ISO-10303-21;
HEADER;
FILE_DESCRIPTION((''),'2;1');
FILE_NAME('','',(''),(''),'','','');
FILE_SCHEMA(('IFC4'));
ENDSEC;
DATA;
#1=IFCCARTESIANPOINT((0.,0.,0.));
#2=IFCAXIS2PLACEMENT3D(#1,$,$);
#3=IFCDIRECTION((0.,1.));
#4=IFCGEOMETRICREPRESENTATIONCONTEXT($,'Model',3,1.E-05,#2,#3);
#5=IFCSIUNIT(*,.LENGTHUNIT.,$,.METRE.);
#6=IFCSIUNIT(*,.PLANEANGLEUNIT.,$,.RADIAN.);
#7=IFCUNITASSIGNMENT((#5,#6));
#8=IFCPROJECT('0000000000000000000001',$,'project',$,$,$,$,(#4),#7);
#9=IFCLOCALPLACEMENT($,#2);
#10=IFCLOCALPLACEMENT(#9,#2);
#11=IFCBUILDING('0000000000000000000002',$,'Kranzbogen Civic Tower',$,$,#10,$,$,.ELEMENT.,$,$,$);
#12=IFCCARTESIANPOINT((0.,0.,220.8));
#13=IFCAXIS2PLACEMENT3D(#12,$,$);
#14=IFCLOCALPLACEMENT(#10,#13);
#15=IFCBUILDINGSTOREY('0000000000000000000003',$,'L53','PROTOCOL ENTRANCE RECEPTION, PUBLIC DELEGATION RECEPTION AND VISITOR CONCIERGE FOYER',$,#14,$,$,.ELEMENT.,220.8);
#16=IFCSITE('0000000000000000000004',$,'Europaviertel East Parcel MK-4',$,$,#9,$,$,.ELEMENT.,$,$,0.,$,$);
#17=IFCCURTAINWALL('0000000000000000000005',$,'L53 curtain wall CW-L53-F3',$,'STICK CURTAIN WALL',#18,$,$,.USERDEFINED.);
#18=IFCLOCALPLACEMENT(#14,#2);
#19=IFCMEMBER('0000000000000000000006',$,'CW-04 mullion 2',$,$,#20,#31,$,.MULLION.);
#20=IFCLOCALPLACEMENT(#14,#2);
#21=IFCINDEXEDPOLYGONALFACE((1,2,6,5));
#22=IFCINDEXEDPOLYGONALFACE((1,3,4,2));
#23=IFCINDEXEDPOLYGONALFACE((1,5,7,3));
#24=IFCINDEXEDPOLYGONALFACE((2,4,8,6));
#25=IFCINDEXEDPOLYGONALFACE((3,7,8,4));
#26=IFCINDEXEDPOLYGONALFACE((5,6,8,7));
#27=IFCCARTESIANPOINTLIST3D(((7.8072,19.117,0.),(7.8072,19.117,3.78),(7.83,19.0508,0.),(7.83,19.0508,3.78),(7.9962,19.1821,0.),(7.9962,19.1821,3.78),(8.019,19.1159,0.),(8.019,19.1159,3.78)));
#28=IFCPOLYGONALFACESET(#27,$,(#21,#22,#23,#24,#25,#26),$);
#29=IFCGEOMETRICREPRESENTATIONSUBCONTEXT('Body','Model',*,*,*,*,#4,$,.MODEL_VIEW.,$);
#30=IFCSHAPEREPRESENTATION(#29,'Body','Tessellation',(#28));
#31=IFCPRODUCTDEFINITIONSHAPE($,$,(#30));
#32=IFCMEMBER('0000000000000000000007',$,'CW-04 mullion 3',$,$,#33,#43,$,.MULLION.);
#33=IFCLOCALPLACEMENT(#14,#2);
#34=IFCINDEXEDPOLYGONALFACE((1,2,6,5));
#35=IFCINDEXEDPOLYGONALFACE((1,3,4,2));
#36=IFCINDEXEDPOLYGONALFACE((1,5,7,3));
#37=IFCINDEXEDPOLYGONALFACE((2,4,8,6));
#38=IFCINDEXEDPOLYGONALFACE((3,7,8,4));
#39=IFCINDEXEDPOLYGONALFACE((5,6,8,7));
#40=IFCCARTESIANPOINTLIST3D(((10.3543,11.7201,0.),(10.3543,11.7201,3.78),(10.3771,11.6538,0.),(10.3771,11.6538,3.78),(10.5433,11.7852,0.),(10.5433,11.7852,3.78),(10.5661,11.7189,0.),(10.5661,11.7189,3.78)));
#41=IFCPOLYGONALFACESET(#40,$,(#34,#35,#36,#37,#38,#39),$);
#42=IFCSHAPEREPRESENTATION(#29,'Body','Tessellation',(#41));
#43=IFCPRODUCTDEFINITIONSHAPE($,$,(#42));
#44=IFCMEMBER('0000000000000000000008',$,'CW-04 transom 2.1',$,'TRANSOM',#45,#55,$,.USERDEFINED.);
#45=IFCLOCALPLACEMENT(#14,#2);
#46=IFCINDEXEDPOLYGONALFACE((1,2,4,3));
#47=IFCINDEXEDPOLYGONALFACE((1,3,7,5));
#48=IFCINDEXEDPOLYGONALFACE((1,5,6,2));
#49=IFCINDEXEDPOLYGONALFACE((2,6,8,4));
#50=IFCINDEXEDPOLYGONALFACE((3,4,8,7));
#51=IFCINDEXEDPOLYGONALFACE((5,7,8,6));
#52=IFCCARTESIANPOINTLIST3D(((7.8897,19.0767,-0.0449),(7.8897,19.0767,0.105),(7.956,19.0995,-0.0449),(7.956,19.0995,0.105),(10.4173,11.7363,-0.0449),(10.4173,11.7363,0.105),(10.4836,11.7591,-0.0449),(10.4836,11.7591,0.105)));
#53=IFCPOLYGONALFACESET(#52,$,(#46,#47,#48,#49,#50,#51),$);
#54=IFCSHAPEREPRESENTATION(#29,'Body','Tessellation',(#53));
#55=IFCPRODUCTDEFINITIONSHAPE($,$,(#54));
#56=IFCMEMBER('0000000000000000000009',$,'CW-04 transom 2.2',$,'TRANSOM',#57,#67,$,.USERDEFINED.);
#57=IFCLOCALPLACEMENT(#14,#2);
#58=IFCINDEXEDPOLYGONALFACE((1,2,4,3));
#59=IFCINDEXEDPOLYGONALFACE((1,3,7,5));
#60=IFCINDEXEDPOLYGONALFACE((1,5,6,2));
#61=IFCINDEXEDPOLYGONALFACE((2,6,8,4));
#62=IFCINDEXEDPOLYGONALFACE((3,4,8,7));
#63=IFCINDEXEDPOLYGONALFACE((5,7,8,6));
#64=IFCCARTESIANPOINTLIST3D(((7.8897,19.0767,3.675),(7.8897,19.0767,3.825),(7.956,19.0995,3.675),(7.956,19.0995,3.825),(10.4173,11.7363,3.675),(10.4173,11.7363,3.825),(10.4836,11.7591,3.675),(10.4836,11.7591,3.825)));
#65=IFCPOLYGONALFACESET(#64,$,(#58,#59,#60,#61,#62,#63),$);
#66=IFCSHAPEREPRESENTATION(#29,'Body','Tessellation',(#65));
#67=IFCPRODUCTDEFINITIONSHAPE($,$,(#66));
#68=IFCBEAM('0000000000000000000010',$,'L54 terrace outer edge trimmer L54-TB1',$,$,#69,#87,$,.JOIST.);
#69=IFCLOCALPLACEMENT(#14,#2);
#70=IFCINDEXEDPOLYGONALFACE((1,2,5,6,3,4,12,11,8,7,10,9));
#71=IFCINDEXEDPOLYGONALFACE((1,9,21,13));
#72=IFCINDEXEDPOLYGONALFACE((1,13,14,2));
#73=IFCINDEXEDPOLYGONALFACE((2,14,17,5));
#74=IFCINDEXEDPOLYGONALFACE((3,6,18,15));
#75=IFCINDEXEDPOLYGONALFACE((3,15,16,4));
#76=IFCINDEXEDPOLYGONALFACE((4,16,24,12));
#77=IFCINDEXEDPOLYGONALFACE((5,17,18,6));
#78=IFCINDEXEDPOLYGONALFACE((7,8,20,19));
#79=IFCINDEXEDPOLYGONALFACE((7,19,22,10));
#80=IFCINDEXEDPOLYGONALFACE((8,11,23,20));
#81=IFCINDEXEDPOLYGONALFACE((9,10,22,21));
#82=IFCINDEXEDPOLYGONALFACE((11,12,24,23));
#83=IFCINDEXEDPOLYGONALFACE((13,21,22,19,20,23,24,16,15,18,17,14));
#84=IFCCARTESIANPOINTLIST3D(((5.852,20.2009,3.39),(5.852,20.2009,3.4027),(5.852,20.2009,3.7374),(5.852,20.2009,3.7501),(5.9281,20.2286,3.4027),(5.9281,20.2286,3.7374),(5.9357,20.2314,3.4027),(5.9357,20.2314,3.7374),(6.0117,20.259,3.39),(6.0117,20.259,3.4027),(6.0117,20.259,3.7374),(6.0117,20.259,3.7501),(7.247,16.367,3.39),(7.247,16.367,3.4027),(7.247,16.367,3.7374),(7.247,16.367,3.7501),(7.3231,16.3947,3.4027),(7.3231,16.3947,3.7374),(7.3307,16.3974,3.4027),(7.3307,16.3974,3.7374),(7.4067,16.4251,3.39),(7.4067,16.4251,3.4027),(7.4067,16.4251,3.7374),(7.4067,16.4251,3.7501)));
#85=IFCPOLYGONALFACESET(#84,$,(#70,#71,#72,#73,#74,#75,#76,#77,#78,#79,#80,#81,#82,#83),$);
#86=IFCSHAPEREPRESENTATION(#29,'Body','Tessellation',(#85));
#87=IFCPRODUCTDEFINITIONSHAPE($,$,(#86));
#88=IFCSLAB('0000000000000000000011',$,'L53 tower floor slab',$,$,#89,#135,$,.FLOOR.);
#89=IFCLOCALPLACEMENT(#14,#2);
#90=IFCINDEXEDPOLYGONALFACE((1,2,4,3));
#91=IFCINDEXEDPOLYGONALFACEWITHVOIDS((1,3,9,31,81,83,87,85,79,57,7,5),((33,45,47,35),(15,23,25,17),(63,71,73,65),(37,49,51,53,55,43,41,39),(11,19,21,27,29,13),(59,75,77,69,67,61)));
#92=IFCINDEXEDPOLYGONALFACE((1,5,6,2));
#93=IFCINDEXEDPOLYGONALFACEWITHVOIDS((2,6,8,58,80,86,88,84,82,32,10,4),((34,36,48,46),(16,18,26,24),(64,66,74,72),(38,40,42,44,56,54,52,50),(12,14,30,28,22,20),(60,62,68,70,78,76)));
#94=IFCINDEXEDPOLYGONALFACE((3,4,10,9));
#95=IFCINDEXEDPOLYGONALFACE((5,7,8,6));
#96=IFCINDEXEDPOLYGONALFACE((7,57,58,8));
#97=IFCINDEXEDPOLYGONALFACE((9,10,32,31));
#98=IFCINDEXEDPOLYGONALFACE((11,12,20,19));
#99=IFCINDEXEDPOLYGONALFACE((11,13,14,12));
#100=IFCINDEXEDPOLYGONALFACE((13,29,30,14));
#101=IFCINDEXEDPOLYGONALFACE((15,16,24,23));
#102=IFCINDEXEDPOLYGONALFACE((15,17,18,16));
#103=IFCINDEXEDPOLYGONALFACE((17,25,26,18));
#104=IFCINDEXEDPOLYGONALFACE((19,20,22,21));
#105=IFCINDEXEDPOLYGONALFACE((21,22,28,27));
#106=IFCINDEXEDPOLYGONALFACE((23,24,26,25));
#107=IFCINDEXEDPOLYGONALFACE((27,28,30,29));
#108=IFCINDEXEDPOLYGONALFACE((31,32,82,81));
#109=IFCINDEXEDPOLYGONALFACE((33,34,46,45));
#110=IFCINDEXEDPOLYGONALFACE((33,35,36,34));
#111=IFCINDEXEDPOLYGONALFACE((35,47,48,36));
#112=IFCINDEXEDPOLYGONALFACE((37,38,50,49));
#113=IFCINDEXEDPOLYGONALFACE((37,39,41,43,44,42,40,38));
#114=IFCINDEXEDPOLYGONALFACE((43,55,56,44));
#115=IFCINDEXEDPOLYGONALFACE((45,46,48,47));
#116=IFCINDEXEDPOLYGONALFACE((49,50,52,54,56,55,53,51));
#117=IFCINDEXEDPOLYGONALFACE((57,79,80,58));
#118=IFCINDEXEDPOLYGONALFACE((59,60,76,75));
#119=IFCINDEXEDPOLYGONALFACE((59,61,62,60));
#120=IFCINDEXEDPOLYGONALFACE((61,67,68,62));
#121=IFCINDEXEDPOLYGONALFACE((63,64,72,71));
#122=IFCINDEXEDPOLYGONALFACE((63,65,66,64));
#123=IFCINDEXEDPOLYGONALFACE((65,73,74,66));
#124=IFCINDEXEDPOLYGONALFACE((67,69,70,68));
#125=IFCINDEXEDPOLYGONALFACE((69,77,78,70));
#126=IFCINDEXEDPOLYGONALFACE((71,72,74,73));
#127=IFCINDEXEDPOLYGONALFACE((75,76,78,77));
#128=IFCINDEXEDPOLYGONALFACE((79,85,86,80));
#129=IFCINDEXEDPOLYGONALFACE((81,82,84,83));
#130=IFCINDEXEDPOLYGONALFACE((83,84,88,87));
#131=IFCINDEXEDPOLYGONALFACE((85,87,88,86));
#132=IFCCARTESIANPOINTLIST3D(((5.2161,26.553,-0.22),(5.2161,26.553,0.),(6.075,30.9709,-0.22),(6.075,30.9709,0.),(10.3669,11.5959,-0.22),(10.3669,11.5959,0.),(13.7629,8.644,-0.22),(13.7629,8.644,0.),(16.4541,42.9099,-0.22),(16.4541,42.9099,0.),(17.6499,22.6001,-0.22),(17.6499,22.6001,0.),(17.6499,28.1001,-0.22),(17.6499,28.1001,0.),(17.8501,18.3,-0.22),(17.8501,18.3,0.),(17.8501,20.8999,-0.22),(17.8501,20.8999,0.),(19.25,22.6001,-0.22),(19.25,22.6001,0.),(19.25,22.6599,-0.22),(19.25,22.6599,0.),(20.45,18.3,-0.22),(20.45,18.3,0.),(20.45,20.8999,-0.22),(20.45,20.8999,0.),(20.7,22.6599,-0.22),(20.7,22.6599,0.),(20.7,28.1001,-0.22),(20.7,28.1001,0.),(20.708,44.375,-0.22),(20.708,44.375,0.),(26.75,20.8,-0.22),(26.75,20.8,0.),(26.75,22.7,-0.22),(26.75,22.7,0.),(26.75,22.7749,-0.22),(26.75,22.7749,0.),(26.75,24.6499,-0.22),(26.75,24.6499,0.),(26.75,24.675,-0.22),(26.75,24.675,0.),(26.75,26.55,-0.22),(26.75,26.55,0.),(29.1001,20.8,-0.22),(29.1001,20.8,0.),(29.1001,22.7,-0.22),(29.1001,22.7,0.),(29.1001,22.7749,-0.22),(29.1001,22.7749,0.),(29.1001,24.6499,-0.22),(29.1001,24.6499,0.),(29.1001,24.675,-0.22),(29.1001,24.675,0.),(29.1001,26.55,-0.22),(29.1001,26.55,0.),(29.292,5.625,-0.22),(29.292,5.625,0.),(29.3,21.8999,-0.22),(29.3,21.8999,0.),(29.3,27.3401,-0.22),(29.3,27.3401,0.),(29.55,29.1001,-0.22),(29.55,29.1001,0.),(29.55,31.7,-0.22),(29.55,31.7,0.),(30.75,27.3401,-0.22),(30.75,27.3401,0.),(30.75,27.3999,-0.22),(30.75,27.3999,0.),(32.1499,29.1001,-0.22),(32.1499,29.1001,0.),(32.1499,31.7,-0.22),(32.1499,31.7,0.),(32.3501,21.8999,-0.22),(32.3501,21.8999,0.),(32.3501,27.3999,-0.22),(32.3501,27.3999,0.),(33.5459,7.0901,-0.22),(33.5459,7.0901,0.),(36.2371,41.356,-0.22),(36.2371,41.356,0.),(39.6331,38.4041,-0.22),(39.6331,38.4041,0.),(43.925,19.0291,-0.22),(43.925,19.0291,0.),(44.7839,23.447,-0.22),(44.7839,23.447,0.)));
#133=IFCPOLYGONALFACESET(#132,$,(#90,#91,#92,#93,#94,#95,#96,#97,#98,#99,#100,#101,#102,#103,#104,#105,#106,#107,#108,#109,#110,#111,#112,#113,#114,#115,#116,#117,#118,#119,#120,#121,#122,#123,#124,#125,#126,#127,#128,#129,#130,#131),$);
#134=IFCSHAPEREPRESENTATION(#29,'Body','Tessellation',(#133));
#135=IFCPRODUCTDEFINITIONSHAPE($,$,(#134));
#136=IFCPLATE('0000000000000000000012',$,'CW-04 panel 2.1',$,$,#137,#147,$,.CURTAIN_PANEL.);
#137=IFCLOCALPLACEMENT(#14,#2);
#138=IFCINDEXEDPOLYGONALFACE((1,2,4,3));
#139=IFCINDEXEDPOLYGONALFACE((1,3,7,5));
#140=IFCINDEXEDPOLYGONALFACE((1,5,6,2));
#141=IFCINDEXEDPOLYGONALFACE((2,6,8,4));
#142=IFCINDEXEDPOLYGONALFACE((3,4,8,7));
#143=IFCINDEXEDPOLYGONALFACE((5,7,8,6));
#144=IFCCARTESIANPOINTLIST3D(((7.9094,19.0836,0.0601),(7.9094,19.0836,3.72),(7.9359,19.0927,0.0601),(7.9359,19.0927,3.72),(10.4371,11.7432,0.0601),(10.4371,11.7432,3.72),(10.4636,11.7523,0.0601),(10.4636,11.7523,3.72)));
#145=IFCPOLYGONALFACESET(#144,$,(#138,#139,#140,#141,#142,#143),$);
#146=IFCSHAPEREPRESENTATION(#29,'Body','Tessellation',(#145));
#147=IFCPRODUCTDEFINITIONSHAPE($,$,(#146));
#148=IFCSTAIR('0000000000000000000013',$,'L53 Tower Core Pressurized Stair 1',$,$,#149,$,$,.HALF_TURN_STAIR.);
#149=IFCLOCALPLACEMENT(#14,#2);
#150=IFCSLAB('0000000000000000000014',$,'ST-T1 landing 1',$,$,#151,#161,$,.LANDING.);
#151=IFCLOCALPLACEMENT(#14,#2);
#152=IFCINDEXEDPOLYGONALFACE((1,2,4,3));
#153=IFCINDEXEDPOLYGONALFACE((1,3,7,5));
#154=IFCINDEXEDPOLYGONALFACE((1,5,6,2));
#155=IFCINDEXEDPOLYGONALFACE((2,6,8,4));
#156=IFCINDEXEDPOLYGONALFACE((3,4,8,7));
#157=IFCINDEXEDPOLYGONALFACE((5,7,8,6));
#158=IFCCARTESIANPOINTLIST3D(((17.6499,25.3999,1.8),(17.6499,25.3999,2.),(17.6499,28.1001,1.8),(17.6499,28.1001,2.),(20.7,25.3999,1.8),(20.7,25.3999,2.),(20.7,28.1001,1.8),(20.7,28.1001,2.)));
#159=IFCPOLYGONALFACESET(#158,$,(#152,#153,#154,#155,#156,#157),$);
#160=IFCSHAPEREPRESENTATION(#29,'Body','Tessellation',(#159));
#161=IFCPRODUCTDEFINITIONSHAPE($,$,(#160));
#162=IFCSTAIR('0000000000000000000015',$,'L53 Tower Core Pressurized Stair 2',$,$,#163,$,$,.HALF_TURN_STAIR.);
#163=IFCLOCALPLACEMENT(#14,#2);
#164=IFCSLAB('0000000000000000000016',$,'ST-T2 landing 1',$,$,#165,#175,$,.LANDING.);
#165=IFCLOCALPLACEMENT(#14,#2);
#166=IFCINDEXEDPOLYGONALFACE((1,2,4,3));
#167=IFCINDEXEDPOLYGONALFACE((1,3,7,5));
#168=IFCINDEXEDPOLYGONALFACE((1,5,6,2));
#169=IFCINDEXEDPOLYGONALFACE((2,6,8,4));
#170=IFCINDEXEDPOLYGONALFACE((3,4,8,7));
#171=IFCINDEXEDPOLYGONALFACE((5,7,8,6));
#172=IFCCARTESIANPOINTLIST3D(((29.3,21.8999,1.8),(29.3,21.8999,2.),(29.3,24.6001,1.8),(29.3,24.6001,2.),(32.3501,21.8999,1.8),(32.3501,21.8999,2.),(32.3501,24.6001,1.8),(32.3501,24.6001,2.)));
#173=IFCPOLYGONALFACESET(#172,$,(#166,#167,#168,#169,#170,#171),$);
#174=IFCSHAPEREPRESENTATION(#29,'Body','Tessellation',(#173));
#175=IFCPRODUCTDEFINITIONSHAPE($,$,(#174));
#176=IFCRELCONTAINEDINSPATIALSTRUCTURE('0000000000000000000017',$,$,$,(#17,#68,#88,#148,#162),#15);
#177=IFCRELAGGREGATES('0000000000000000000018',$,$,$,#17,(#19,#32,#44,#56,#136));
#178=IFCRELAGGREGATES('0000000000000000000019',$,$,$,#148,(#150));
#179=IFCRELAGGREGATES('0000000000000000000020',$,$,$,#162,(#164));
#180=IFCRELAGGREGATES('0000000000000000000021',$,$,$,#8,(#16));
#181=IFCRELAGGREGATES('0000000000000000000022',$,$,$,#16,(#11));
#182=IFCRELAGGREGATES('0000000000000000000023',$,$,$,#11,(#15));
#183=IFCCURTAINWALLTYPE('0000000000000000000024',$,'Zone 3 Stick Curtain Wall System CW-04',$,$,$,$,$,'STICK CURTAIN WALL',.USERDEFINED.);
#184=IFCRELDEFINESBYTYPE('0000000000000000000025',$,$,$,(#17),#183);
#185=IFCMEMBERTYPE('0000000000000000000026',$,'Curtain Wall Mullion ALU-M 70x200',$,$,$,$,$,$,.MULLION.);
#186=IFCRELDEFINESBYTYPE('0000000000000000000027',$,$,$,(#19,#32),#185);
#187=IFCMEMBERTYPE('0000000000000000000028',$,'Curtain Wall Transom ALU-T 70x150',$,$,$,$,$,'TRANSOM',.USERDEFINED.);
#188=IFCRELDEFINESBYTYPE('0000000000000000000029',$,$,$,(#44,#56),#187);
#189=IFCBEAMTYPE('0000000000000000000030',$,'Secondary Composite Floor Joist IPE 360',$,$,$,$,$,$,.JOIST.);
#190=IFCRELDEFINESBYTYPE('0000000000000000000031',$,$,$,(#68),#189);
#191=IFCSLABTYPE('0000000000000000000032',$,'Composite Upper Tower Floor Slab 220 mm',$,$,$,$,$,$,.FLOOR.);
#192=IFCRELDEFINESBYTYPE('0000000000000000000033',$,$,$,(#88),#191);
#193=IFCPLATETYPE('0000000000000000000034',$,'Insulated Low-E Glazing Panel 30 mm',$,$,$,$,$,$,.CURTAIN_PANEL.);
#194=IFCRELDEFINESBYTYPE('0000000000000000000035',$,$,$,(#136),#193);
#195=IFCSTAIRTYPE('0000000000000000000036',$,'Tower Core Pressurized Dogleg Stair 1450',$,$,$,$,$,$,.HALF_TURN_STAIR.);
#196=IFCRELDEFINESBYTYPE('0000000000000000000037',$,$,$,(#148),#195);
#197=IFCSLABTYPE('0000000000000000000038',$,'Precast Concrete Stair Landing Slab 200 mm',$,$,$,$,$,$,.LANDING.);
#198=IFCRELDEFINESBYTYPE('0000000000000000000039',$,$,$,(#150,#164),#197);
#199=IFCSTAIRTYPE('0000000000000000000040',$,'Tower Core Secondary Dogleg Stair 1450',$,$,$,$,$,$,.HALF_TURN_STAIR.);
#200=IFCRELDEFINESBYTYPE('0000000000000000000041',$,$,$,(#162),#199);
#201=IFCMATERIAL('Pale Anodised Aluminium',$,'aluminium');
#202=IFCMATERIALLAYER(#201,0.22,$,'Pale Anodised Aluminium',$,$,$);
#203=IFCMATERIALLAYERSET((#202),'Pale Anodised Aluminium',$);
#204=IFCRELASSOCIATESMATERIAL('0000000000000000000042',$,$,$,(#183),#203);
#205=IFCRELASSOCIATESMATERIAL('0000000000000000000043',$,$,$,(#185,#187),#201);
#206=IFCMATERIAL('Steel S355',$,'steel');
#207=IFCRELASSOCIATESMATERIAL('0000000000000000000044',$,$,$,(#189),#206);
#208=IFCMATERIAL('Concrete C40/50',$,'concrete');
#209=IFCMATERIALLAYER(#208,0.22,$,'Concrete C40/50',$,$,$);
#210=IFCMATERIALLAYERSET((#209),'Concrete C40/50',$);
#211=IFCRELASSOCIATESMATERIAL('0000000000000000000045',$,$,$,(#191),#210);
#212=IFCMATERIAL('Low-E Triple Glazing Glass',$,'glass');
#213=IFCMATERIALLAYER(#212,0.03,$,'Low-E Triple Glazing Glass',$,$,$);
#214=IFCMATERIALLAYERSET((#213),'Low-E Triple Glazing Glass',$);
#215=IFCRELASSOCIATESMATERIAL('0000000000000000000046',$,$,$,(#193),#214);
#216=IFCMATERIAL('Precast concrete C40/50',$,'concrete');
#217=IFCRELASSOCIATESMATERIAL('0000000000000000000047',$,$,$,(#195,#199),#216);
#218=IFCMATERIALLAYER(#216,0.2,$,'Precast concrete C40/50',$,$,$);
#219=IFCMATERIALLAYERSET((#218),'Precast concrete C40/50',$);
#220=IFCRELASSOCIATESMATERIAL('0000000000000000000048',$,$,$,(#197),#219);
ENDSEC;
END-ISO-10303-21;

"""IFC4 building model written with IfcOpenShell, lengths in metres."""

from ifc_helpers import new_model, si_unit, direction, frame, origin, origin_2d, place, context, subcontext, project, spatial, polyline, rectangle, i_section, outline, extrude, material, layer, layer_set, material_profile, profile_set, type_object, element, aggregate, save


model = new_model("IFC4")

# Units and contexts
model_context = context("Model", 3, precision=1e-05, world=origin(), true_north=direction((0.0, 1.0)))
body_context = subcontext(model_context, "Body", "Model", "MODEL_VIEW")
ifc_project = project(units=[si_unit("LENGTHUNIT", "METRE"), si_unit("PLANEANGLEUNIT", "RADIAN")], contexts=[model_context])

# Site, building, storey
site_placement = place(None, origin())
site = spatial("IfcSite", under=ifc_project, at=site_placement, Name="Europaviertel East Parcel MK-4", CompositionType="ELEMENT", RefElevation=0.0)
building_placement = place(site_placement, origin())
building = spatial("IfcBuilding", under=site, at=building_placement, Name="Kranzbogen Civic Tower", CompositionType="ELEMENT")
storey_placement = place(building_placement, frame((0.0, 0.0, 220.8)))
storey = spatial("IfcBuildingStorey", under=building, at=storey_placement, Name="L53", Description="PROTOCOL ENTRANCE RECEPTION, PUBLIC DELEGATION RECEPTION AND VISITOR CONCIERGE FOYER", CompositionType="ELEMENT", Elevation=220.8)

# Curtain wall, members
ifc_material_1 = material(Name="Pale Anodised Aluminium", Category="aluminium")
ifc_layer_1 = layer(ifc_material_1, 0.22, Name="Pale Anodised Aluminium")
ifc_layer_set_1 = layer_set([ifc_layer_1], Name="Pale Anodised Aluminium")
curtain_wall_type = type_object("IfcCurtainWallType", Name="Zone 3 Stick Curtain Wall System CW-04", ElementType="STICK CURTAIN WALL", PredefinedType="USERDEFINED", material=ifc_layer_set_1)
curtain_wall_placement = place(storey_placement, origin())
curtain_wall = element("IfcCurtainWall", 1, at=curtain_wall_placement, inside=storey, type_object=curtain_wall_type, Name="L53 curtain wall CW-L53-F3", ObjectType="STICK CURTAIN WALL", PredefinedType="USERDEFINED")
ifc_material_profile_1 = material_profile(ifc_material_1, rectangle(XDim=0.0701, YDim=0.2, at=origin_2d()), Name="ALU-M 70x200")
ifc_profile_set_1 = profile_set([ifc_material_profile_1], Name="Pale Anodised Aluminium")
member_type_1 = type_object("IfcMemberType", Name="Curtain Wall Mullion ALU-M 70x200", PredefinedType="MULLION", material=ifc_profile_set_1)
member_1_placement = place(storey_placement, frame((7.9131, 19.1165, 0.0), z_axis=(0.0, 0.0, 1.0), x_axis=(0.32559, -0.945511, 0.0)))
member_1 = element("IfcMember", 2, at=member_1_placement, type_object=member_type_1, Name="CW-04 mullion 2", PredefinedType="MULLION", context=body_context, shape_type="SweptSolid", body=[
    extrude(rectangle(XDim=0.0701, YDim=0.2, at=origin_2d()), origin(), (0.0, 0.0, 1.0), 3.78),
])
member_2_placement = place(storey_placement, frame((10.4602, 11.7195, 0.0), z_axis=(0.0, 0.0, 1.0), x_axis=(0.32559, -0.945511, 0.0)))
member_2 = element("IfcMember", 3, at=member_2_placement, type_object=member_type_1, Name="CW-04 mullion 3", PredefinedType="MULLION", context=body_context, shape_type="SweptSolid", body=[
    extrude(rectangle(XDim=0.0701, YDim=0.2, at=origin_2d()), origin(), (0.0, 0.0, 1.0), 3.78),
])
ifc_material_profile_2 = material_profile(ifc_material_1, rectangle(XDim=0.0701, YDim=0.1499, at=origin_2d()), Name="ALU-T 70x150")
ifc_profile_set_2 = profile_set([ifc_material_profile_2], Name="Pale Anodised Aluminium")
member_type_2 = type_object("IfcMemberType", Name="Curtain Wall Transom ALU-T 70x150", ElementType="TRANSOM", PredefinedType="USERDEFINED", material=ifc_profile_set_2)
member_3_placement = place(storey_placement, frame((7.9229, 19.0881, 0.03), z_axis=(0.325581, -0.945514, 0.0), x_axis=(0.945514, 0.325581, 0.0)))
member_3 = element("IfcMember", 4, at=member_3_placement, type_object=member_type_2, Name="CW-04 transom 2.1", ObjectType="TRANSOM", PredefinedType="USERDEFINED", context=body_context, shape_type="SweptSolid", body=[
    extrude(rectangle(XDim=0.0701, YDim=0.1499, at=origin_2d()), origin(), (0.0, 0.0, 1.0), 7.7634),
])
member_4_placement = place(storey_placement, frame((7.9229, 19.0881, 3.75), z_axis=(0.325581, -0.945514, 0.0), x_axis=(0.945514, 0.325581, 0.0)))
member_4 = element("IfcMember", 5, at=member_4_placement, type_object=member_type_2, Name="CW-04 transom 2.2", ObjectType="TRANSOM", PredefinedType="USERDEFINED", context=body_context, shape_type="SweptSolid", body=[
    extrude(rectangle(XDim=0.0701, YDim=0.1499, at=origin_2d()), origin(), (0.0, 0.0, 1.0), 7.7634),
])

# Beam
ifc_material_2 = material(Name="Steel S355", Category="steel")
ifc_material_profile_3 = material_profile(ifc_material_2, i_section(OverallWidth=0.1699, OverallDepth=0.3601, WebThickness=0.0081, FlangeThickness=0.0127, at=origin_2d()), Name="IPE 360")
ifc_profile_set_3 = profile_set([ifc_material_profile_3], Name="Steel S355")
beam_type = type_object("IfcBeamType", Name="Secondary Composite Floor Joist IPE 360", PredefinedType="JOIST", material=ifc_profile_set_3)
beam_placement = place(storey_placement, frame((5.9319, 20.23, 3.5701), z_axis=(0.341926, -0.939727, 0.0), x_axis=(0.939727, 0.341926, 0.0)))
element("IfcBeam", 6, at=beam_placement, inside=storey, type_object=beam_type, Name="L54 terrace outer edge trimmer L54-TB1", PredefinedType="JOIST", context=body_context, shape_type="SweptSolid", body=[
    extrude(i_section(OverallWidth=0.1699, OverallDepth=0.3601, WebThickness=0.0081, FlangeThickness=0.0127, at=origin_2d()), origin(), (0.0, 0.0, 1.0), 4.0798),
])

# Slab
ifc_material_3 = material(Name="Concrete C40/50", Category="concrete")
ifc_layer_2 = layer(ifc_material_3, 0.22, Name="Concrete C40/50")
ifc_layer_set_2 = layer_set([ifc_layer_2], Name="Concrete C40/50")
slab_type_1 = type_object("IfcSlabType", Name="Composite Upper Tower Floor Slab 220 mm", PredefinedType="FLOOR", material=ifc_layer_set_2)
slab_1_placement = place(storey_placement, frame((0.0, 0.0, -0.22)))
element("IfcSlab", 7, at=slab_1_placement, inside=storey, type_object=slab_type_1, Name="L53 tower floor slab", PredefinedType="FLOOR", context=body_context, shape_type="SweptSolid", body=[
    extrude(outline(polyline([(36.2371, 41.356), (20.708, 44.375), (16.4541, 42.9099), (6.075, 30.9709), (5.2161, 26.553), (10.3669, 11.5959), (13.7629, 8.644), (29.292, 5.625), (33.5459, 7.0901), (43.925, 19.0291), (44.7839, 23.447), (39.6331, 38.4041), (36.2371, 41.356)]), holes=[polyline([(17.8501, 20.8999), (20.45, 20.8999), (20.45, 18.3), (17.8501, 18.3), (17.8501, 20.8999)]), polyline([(29.1001, 22.7), (29.1001, 20.8), (26.75, 20.8), (26.75, 22.7), (29.1001, 22.7)]), polyline([(29.1001, 24.6499), (29.1001, 22.7749), (26.75, 22.7749), (26.75, 24.6499), (26.75, 24.675), (26.75, 26.55), (29.1001, 26.55), (29.1001, 24.675), (29.1001, 24.6499)]), polyline([(29.3, 27.3401), (30.75, 27.3401), (30.75, 27.3999), (32.3501, 27.3999), (32.3501, 21.8999), (29.3, 21.8999), (29.3, 27.3401)]), polyline([(20.7, 22.6599), (19.25, 22.6599), (19.25, 22.6001), (17.6499, 22.6001), (17.6499, 28.1001), (20.7, 28.1001), (20.7, 22.6599)]), polyline([(32.1499, 31.7), (32.1499, 29.1001), (29.55, 29.1001), (29.55, 31.7), (32.1499, 31.7)])]), origin(), (0.0, 0.0, 1.0), 0.22),
])

# Plate
ifc_material_4 = material(Name="Low-E Triple Glazing Glass", Category="glass")
ifc_layer_3 = layer(ifc_material_4, 0.03, Name="Low-E Triple Glazing Glass")
ifc_layer_set_3 = layer_set([ifc_layer_3], Name="Low-E Triple Glazing Glass")
plate_type = type_object("IfcPlateType", Name="Insulated Low-E Glazing Panel 30 mm", PredefinedType="CURTAIN_PANEL", material=ifc_layer_set_3)
plate_placement = place(storey_placement, frame((9.1865, 15.418, 0.0601), z_axis=(0.0, 0.0, 1.0), x_axis=(0.32559, -0.945511, 0.0)))
plate = element("IfcPlate", 8, at=plate_placement, type_object=plate_type, Name="CW-04 panel 2.1", PredefinedType="CURTAIN_PANEL", context=body_context, shape_type="SweptSolid", body=[
    extrude(rectangle(XDim=7.7634, YDim=0.0281, at=origin_2d()), origin(), (0.0, 0.0, 1.0), 3.6599),
])
aggregate(curtain_wall, [member_1, member_2, member_3, member_4, plate])

# Stairs, slabs
ifc_material_5 = material(Name="Precast concrete C40/50", Category="concrete")
stair_type_1 = type_object("IfcStairType", Name="Tower Core Pressurized Dogleg Stair 1450", PredefinedType="HALF_TURN_STAIR", material=ifc_material_5)
stair_1_placement = place(storey_placement, origin())
stair_1 = element("IfcStair", 9, at=stair_1_placement, inside=storey, type_object=stair_type_1, Name="L53 Tower Core Pressurized Stair 1", PredefinedType="HALF_TURN_STAIR")
ifc_layer_4 = layer(ifc_material_5, 0.2, Name="Precast concrete C40/50")
ifc_layer_set_4 = layer_set([ifc_layer_4], Name="Precast concrete C40/50")
slab_type_2 = type_object("IfcSlabType", Name="Precast Concrete Stair Landing Slab 200 mm", PredefinedType="LANDING", material=ifc_layer_set_4)
slab_2_placement = place(storey_placement, frame((0.0, 0.0, 1.8)))
slab_2 = element("IfcSlab", 10, at=slab_2_placement, type_object=slab_type_2, Name="ST-T1 landing 1", PredefinedType="LANDING", context=body_context, shape_type="SweptSolid", body=[
    extrude(outline(polyline([(20.7, 25.3999), (20.7, 28.1001), (17.6499, 28.1001), (17.6499, 25.3999), (20.7, 25.3999)])), origin(), (0.0, 0.0, 1.0), 0.2),
])
aggregate(stair_1, [slab_2])
stair_type_2 = type_object("IfcStairType", Name="Tower Core Secondary Dogleg Stair 1450", PredefinedType="HALF_TURN_STAIR", material=ifc_material_5)
stair_2_placement = place(storey_placement, origin())
stair_2 = element("IfcStair", 11, at=stair_2_placement, inside=storey, type_object=stair_type_2, Name="L53 Tower Core Pressurized Stair 2", PredefinedType="HALF_TURN_STAIR")
slab_3_placement = place(storey_placement, frame((0.0, 0.0, 1.8)))
slab_3 = element("IfcSlab", 12, at=slab_3_placement, type_object=slab_type_2, Name="ST-T2 landing 1", PredefinedType="LANDING", context=body_context, shape_type="SweptSolid", body=[
    extrude(outline(polyline([(29.3, 24.6001), (29.3, 21.8999), (32.3501, 21.8999), (32.3501, 24.6001), (29.3, 24.6001)])), origin(), (0.0, 0.0, 1.0), 0.2),
])
aggregate(stair_2, [slab_3])

save(model, "model.ifc")
